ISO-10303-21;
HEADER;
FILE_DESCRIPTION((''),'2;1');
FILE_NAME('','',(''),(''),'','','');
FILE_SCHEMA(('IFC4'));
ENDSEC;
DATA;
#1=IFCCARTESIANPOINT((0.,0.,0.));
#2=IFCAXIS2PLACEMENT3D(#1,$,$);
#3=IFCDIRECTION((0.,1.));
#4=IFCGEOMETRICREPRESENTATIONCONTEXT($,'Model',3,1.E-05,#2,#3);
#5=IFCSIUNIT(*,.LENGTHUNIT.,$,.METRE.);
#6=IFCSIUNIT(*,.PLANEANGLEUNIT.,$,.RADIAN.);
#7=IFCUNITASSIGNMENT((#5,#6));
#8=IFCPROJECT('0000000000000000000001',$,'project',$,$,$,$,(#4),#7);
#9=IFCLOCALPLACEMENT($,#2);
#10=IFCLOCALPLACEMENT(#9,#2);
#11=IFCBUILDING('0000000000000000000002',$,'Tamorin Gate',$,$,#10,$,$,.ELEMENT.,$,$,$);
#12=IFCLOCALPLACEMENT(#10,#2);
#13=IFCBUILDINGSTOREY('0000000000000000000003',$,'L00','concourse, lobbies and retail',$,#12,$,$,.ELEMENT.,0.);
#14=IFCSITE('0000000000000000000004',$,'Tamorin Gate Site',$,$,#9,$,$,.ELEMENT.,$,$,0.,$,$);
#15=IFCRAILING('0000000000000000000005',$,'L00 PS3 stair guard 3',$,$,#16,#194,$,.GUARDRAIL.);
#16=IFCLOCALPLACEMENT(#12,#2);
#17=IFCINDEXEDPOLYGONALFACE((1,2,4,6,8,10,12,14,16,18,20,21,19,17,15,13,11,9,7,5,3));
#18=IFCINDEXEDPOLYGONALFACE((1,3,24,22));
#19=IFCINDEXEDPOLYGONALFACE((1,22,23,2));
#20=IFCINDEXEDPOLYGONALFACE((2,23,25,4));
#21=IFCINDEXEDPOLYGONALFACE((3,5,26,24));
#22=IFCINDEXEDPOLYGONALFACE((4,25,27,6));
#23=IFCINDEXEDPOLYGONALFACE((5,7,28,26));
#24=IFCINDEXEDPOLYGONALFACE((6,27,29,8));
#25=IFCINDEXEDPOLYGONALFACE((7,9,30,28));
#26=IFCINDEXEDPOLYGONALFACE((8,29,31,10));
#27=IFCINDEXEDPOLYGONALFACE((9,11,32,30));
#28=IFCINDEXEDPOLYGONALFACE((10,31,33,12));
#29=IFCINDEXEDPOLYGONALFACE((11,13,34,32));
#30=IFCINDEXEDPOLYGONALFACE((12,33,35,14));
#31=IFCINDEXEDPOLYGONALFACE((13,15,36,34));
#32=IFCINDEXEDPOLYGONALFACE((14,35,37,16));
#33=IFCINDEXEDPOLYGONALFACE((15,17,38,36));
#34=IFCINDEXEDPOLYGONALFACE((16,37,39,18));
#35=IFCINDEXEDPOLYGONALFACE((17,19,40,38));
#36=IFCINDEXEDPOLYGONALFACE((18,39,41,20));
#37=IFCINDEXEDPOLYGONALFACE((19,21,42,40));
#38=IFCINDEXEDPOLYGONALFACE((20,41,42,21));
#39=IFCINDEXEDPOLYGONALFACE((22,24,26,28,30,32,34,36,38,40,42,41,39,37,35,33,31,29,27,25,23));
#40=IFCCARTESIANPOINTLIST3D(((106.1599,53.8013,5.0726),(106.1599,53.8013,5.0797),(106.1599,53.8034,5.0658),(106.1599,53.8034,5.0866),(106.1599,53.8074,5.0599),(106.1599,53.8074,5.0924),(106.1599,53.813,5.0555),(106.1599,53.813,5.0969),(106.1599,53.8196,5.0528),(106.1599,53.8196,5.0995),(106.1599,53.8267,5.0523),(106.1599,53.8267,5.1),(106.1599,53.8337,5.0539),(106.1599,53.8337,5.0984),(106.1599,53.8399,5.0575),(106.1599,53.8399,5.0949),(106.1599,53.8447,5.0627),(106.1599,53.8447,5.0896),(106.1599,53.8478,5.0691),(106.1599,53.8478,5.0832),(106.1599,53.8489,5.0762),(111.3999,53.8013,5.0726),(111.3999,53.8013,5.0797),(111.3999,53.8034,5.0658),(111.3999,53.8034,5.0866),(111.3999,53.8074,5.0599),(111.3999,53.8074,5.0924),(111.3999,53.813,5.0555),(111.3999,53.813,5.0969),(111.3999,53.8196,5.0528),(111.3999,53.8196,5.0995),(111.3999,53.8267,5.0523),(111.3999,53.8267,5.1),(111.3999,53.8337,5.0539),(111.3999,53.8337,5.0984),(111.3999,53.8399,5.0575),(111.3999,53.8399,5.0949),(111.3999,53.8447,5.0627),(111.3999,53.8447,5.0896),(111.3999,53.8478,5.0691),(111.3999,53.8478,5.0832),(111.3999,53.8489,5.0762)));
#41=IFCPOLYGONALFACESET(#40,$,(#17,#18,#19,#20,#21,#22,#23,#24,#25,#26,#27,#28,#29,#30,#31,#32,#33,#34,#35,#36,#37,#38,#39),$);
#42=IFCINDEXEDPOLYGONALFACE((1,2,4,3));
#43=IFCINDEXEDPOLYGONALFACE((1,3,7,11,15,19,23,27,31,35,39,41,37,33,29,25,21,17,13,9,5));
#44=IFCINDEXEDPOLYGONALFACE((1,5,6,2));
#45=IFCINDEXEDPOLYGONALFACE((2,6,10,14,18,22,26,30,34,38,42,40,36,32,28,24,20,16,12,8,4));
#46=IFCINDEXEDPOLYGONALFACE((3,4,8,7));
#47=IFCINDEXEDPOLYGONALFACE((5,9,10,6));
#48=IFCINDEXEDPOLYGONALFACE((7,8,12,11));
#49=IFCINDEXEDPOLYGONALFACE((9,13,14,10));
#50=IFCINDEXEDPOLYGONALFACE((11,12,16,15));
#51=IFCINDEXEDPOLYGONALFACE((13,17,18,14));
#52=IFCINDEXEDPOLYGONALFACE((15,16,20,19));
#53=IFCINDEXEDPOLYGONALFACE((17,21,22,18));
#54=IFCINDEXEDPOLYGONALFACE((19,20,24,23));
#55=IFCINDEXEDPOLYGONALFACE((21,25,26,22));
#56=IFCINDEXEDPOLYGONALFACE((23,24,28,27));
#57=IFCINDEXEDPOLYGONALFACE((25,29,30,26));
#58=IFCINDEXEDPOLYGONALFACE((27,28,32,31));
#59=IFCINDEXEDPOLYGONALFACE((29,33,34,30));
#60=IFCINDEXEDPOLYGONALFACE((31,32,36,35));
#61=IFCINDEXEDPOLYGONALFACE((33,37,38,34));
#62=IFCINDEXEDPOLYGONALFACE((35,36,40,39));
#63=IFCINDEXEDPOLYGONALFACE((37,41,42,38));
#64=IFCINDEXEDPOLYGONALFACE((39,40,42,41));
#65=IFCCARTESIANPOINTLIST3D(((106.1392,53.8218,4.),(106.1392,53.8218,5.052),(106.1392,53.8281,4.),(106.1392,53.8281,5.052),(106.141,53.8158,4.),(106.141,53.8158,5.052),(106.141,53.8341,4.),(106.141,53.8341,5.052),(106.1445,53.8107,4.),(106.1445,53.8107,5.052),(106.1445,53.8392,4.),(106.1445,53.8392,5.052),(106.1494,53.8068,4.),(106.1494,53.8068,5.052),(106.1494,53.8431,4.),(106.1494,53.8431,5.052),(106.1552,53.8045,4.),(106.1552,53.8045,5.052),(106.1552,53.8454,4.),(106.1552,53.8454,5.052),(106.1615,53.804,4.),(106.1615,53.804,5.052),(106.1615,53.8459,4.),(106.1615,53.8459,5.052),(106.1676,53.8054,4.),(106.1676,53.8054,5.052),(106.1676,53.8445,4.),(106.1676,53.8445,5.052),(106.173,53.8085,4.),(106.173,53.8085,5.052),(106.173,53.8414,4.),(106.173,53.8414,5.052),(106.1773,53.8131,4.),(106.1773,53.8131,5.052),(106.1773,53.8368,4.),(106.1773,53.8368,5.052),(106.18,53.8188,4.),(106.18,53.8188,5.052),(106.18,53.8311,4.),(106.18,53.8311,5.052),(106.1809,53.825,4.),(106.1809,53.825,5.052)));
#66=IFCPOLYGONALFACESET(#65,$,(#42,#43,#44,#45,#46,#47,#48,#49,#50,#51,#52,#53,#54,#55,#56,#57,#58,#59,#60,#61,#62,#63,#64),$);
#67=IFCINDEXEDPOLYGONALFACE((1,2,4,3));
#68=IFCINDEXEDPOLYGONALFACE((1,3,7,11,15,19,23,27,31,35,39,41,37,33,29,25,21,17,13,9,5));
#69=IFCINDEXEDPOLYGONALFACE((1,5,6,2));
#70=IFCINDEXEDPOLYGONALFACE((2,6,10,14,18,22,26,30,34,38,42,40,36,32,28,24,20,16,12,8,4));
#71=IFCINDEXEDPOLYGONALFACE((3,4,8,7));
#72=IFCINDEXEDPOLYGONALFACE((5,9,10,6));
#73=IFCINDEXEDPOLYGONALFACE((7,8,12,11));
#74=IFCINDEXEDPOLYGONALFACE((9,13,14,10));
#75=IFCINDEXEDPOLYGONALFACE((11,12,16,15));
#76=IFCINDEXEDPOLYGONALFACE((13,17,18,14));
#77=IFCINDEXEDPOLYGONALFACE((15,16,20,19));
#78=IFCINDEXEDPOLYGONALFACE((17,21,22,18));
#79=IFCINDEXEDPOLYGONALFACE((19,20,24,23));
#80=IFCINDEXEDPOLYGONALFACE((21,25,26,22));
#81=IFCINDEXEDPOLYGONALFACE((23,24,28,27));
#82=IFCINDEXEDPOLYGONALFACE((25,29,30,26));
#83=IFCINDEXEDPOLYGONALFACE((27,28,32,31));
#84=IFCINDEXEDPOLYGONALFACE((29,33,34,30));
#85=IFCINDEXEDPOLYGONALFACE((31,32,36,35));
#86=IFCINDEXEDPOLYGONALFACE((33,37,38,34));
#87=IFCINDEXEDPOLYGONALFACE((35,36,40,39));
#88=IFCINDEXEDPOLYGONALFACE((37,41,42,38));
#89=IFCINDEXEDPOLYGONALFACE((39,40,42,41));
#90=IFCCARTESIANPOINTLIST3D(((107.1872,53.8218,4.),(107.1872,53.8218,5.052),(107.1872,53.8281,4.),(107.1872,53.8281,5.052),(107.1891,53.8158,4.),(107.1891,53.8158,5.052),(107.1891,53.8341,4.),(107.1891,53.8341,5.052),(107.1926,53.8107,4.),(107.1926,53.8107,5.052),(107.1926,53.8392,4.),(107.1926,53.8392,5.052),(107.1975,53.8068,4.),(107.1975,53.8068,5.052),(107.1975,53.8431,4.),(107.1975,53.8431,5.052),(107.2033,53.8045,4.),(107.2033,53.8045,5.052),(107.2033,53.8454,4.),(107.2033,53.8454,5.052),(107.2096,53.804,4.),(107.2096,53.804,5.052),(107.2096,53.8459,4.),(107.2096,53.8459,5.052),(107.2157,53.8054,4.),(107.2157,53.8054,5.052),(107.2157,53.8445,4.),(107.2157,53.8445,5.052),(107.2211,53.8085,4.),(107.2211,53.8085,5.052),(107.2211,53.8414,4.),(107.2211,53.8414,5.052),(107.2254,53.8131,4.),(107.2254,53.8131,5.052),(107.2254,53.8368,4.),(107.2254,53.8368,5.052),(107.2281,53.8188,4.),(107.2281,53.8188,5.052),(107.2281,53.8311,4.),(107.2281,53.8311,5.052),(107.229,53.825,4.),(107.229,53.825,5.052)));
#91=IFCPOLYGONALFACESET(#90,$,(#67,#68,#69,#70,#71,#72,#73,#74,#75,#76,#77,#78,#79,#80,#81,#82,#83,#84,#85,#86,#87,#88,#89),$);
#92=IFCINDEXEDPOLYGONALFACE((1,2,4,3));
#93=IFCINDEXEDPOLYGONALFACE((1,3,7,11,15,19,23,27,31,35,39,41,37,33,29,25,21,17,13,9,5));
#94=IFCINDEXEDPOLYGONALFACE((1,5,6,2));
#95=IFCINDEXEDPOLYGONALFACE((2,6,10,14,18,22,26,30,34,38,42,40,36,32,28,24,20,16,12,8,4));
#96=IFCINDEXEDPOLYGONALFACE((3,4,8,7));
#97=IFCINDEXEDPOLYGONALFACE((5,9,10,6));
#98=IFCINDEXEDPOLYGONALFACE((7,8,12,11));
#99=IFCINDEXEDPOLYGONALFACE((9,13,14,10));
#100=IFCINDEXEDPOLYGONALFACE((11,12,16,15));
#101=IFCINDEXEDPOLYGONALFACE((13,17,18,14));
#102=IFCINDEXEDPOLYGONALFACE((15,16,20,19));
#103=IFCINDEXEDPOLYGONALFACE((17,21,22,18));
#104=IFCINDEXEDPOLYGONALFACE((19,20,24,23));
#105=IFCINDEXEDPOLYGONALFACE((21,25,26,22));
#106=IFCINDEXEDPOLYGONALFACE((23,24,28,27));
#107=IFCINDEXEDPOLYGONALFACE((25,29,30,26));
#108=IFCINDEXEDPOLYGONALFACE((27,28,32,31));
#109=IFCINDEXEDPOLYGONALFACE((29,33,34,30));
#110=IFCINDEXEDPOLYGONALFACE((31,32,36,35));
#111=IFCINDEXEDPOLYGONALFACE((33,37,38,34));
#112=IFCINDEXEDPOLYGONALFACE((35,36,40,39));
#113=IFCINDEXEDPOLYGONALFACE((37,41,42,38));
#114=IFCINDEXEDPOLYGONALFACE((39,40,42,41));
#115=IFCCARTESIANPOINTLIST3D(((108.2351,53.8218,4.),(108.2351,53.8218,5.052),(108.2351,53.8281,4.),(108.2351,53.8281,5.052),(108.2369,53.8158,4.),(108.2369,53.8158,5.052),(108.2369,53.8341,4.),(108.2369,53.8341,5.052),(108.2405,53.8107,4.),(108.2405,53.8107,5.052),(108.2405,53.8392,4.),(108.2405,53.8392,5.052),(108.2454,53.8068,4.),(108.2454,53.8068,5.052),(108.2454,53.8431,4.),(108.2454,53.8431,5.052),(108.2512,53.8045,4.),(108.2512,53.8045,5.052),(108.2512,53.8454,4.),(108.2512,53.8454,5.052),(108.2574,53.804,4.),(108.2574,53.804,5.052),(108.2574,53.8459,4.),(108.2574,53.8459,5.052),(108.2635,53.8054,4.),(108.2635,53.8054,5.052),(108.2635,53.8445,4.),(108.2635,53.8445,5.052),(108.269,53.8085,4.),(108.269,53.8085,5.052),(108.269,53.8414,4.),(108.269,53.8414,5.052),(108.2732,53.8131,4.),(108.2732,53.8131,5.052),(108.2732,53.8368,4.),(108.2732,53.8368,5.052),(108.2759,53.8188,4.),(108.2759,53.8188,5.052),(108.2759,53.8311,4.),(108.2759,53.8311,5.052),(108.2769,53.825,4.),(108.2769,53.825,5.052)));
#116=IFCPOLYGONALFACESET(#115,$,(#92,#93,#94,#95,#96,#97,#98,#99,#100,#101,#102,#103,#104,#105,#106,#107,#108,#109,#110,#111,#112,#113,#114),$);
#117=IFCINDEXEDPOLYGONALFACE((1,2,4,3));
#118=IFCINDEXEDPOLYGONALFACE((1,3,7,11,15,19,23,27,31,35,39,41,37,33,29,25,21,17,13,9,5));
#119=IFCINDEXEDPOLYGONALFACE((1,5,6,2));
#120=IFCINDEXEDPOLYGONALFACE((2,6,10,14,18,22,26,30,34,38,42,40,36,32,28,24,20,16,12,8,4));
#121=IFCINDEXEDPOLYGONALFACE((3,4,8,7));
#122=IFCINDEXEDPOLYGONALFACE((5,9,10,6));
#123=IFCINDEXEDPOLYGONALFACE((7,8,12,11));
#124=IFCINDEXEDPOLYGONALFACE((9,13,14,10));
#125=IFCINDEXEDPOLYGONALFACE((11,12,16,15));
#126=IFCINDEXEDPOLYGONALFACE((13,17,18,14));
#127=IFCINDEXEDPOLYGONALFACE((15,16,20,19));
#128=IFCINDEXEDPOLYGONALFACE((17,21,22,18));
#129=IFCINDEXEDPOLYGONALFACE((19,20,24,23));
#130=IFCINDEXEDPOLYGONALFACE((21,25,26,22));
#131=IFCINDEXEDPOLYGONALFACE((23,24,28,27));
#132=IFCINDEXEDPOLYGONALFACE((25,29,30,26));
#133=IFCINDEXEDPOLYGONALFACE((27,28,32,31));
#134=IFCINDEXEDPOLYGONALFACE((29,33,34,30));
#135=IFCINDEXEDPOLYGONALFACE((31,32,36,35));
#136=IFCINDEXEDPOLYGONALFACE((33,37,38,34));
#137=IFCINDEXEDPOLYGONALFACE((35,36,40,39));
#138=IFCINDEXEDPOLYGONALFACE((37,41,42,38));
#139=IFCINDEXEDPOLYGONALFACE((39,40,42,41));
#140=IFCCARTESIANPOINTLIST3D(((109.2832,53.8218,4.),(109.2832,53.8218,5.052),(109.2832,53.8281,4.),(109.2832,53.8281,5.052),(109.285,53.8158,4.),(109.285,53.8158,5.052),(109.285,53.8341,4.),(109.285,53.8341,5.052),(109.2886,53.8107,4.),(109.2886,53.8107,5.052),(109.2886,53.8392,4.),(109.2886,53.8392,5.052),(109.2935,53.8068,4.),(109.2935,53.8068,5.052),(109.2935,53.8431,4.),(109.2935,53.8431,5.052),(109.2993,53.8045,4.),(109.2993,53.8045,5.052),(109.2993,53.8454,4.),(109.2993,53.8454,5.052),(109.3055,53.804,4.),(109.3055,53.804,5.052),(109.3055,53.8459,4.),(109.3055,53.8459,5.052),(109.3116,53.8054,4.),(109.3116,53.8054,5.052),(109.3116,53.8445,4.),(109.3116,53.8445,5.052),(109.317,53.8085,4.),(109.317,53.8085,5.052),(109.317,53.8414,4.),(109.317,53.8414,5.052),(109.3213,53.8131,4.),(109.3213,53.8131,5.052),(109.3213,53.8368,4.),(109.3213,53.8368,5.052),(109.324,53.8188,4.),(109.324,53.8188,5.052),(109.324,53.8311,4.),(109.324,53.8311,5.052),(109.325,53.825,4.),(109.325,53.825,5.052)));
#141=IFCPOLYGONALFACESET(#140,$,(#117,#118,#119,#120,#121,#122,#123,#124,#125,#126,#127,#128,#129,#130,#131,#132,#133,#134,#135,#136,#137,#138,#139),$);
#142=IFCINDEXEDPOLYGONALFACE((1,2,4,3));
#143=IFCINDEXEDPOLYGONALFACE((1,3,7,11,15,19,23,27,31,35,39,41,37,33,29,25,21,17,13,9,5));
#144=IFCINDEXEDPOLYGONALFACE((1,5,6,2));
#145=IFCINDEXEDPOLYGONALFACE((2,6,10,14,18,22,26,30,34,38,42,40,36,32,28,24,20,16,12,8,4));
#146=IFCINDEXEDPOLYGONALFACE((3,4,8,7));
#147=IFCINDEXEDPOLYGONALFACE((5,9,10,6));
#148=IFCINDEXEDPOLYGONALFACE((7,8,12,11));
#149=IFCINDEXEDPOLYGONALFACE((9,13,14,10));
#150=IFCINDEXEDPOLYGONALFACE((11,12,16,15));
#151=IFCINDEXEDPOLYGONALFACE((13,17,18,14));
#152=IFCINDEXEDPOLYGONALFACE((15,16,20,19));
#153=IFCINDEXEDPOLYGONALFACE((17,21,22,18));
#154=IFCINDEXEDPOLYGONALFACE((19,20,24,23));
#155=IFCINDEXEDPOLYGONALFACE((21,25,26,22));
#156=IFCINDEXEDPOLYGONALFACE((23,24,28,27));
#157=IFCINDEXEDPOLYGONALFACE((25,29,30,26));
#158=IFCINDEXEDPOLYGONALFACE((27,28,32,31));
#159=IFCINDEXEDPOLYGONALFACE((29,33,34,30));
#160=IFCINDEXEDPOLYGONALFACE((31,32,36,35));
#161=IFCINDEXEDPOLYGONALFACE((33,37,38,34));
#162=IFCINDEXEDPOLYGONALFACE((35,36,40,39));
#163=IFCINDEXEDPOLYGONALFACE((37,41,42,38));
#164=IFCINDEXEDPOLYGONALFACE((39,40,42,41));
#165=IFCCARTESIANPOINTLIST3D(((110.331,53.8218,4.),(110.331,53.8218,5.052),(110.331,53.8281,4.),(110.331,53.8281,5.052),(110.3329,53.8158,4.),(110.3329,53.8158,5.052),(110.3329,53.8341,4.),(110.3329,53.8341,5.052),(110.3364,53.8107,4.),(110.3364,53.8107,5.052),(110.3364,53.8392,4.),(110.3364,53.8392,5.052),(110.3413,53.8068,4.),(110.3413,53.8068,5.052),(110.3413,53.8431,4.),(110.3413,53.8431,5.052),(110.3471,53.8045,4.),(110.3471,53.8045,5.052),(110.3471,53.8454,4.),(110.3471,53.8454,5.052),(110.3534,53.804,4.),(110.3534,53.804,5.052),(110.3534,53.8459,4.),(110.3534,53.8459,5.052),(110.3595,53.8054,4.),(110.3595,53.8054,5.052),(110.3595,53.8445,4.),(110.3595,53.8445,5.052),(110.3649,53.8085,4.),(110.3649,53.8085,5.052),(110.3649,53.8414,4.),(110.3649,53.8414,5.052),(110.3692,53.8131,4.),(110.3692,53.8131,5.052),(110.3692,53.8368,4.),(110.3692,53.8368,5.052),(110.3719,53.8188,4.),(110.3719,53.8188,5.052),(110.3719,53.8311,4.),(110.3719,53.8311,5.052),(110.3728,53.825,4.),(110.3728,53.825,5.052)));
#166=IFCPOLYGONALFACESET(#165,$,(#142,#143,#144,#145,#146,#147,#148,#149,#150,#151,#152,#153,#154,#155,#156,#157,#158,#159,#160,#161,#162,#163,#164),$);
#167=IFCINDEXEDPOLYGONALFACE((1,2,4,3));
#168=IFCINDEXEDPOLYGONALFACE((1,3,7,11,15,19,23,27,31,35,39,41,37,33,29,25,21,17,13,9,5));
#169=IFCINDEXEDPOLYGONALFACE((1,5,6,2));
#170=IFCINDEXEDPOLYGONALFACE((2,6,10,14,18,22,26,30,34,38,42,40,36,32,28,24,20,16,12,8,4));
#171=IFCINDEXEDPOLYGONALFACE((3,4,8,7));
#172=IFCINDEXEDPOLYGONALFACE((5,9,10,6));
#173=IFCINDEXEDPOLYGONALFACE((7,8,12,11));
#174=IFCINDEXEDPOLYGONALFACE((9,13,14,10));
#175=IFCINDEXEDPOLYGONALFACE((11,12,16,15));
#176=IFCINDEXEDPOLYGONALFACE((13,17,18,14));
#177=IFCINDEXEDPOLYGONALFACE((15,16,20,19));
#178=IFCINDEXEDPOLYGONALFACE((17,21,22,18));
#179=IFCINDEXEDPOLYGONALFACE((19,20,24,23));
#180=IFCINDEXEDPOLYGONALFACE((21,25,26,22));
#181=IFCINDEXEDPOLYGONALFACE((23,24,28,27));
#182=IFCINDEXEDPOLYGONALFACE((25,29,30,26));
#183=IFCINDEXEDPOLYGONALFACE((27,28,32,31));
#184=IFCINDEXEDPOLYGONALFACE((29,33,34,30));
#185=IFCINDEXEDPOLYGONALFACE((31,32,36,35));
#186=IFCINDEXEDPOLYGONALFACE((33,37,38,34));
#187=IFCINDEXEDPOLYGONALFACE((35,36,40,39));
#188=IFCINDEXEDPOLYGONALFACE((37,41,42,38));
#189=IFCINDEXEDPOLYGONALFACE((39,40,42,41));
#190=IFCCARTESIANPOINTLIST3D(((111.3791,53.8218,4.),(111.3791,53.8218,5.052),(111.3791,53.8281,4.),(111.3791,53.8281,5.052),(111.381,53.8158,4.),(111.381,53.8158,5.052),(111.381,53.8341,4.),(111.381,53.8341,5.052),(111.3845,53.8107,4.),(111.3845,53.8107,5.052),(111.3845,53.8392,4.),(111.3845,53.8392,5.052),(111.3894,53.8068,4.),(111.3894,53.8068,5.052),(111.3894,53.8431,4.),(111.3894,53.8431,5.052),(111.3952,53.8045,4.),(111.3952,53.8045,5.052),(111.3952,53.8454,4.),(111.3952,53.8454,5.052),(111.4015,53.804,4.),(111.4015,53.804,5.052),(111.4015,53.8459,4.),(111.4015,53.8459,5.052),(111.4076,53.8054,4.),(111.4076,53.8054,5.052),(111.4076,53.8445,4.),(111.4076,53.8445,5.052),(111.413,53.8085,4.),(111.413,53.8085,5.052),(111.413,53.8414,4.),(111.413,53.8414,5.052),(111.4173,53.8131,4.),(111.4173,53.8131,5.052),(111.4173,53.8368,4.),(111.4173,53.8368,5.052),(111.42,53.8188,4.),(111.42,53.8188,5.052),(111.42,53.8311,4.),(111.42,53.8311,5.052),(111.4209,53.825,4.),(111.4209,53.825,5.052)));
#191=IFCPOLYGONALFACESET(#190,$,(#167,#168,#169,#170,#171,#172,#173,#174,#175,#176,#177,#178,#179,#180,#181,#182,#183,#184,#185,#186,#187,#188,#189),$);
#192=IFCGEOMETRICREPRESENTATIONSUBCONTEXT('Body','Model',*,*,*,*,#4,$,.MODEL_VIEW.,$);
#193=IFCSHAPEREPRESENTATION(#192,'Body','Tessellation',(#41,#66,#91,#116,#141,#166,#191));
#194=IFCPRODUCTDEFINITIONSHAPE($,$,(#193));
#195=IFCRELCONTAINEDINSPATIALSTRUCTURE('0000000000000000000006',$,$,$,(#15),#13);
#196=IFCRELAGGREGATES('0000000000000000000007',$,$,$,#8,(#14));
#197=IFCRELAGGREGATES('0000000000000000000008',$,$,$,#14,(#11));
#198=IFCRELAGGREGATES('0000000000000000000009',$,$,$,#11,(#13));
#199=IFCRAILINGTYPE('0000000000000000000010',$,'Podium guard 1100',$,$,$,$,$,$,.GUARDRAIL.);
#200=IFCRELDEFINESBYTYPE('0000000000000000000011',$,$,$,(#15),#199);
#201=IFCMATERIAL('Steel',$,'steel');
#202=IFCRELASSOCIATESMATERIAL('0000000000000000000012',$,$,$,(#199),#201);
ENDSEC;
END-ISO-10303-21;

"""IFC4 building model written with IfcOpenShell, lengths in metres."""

from ifc_helpers import new_model, si_unit, direction, frame, origin, origin_2d, place, context, subcontext, project, spatial, circle, extrude, material, type_object, element, save


model = new_model("IFC4")

# Units and contexts
model_context = context("Model", 3, precision=1e-05, world=origin(), true_north=direction((0.0, 1.0)))
body_context = subcontext(model_context, "Body", "Model", "MODEL_VIEW")
ifc_project = project(units=[si_unit("LENGTHUNIT", "METRE"), si_unit("PLANEANGLEUNIT", "RADIAN")], contexts=[model_context])

# Site, building, storey
site_placement = place(None, origin())
site = spatial("IfcSite", under=ifc_project, at=site_placement, Name="Tamorin Gate Site", CompositionType="ELEMENT", RefElevation=0.0)
building_placement = place(site_placement, origin())
building = spatial("IfcBuilding", under=site, at=building_placement, Name="Tamorin Gate", CompositionType="ELEMENT")
storey_placement = place(building_placement, origin())
storey = spatial("IfcBuildingStorey", under=building, at=storey_placement, Name="L00", Description="concourse, lobbies and retail", CompositionType="ELEMENT", Elevation=0.0)

# Railing
ifc_material_1 = material(Name="Steel", Category="steel")
railing_type_1 = type_object("IfcRailingType", Name="Podium guard 1100", PredefinedType="GUARDRAIL", material=ifc_material_1)
for number, where, name in (
    (1, (106.1599, 53.825, 4.0), "L00 PS3 stair guard 3"),
):
    element("IfcRailing", number, at=place(storey_placement, frame(where)), inside=storey, type_object=railing_type_1, Name=name, PredefinedType="GUARDRAIL", context=body_context, shape_type="SweptSolid", body=[
        extrude(circle(Radius=0.0239, at=origin_2d()), frame((0.0, 0.0, 1.0762), z_axis=(1.0, 0.0, 0.0), x_axis=(0.0, 1.0, 0.0)), (0.0, 0.0, 1.0), 5.24),
        extrude(circle(Radius=0.021, at=origin_2d()), origin(), (0.0, 0.0, 1.0), 1.052),
        extrude(circle(Radius=0.021, at=origin_2d()), frame((1.0481, 0.0, 0.0)), (0.0, 0.0, 1.0), 1.052),
        extrude(circle(Radius=0.021, at=origin_2d()), frame((2.0959, 0.0, 0.0)), (0.0, 0.0, 1.0), 1.052),
        extrude(circle(Radius=0.021, at=origin_2d()), frame((3.144, 0.0, 0.0)), (0.0, 0.0, 1.0), 1.052),
        extrude(circle(Radius=0.021, at=origin_2d()), frame((4.1919, 0.0, 0.0)), (0.0, 0.0, 1.0), 1.052),
        extrude(circle(Radius=0.021, at=origin_2d()), frame((5.24, 0.0, 0.0)), (0.0, 0.0, 1.0), 1.052),
    ])

save(model, "model.ifc")
